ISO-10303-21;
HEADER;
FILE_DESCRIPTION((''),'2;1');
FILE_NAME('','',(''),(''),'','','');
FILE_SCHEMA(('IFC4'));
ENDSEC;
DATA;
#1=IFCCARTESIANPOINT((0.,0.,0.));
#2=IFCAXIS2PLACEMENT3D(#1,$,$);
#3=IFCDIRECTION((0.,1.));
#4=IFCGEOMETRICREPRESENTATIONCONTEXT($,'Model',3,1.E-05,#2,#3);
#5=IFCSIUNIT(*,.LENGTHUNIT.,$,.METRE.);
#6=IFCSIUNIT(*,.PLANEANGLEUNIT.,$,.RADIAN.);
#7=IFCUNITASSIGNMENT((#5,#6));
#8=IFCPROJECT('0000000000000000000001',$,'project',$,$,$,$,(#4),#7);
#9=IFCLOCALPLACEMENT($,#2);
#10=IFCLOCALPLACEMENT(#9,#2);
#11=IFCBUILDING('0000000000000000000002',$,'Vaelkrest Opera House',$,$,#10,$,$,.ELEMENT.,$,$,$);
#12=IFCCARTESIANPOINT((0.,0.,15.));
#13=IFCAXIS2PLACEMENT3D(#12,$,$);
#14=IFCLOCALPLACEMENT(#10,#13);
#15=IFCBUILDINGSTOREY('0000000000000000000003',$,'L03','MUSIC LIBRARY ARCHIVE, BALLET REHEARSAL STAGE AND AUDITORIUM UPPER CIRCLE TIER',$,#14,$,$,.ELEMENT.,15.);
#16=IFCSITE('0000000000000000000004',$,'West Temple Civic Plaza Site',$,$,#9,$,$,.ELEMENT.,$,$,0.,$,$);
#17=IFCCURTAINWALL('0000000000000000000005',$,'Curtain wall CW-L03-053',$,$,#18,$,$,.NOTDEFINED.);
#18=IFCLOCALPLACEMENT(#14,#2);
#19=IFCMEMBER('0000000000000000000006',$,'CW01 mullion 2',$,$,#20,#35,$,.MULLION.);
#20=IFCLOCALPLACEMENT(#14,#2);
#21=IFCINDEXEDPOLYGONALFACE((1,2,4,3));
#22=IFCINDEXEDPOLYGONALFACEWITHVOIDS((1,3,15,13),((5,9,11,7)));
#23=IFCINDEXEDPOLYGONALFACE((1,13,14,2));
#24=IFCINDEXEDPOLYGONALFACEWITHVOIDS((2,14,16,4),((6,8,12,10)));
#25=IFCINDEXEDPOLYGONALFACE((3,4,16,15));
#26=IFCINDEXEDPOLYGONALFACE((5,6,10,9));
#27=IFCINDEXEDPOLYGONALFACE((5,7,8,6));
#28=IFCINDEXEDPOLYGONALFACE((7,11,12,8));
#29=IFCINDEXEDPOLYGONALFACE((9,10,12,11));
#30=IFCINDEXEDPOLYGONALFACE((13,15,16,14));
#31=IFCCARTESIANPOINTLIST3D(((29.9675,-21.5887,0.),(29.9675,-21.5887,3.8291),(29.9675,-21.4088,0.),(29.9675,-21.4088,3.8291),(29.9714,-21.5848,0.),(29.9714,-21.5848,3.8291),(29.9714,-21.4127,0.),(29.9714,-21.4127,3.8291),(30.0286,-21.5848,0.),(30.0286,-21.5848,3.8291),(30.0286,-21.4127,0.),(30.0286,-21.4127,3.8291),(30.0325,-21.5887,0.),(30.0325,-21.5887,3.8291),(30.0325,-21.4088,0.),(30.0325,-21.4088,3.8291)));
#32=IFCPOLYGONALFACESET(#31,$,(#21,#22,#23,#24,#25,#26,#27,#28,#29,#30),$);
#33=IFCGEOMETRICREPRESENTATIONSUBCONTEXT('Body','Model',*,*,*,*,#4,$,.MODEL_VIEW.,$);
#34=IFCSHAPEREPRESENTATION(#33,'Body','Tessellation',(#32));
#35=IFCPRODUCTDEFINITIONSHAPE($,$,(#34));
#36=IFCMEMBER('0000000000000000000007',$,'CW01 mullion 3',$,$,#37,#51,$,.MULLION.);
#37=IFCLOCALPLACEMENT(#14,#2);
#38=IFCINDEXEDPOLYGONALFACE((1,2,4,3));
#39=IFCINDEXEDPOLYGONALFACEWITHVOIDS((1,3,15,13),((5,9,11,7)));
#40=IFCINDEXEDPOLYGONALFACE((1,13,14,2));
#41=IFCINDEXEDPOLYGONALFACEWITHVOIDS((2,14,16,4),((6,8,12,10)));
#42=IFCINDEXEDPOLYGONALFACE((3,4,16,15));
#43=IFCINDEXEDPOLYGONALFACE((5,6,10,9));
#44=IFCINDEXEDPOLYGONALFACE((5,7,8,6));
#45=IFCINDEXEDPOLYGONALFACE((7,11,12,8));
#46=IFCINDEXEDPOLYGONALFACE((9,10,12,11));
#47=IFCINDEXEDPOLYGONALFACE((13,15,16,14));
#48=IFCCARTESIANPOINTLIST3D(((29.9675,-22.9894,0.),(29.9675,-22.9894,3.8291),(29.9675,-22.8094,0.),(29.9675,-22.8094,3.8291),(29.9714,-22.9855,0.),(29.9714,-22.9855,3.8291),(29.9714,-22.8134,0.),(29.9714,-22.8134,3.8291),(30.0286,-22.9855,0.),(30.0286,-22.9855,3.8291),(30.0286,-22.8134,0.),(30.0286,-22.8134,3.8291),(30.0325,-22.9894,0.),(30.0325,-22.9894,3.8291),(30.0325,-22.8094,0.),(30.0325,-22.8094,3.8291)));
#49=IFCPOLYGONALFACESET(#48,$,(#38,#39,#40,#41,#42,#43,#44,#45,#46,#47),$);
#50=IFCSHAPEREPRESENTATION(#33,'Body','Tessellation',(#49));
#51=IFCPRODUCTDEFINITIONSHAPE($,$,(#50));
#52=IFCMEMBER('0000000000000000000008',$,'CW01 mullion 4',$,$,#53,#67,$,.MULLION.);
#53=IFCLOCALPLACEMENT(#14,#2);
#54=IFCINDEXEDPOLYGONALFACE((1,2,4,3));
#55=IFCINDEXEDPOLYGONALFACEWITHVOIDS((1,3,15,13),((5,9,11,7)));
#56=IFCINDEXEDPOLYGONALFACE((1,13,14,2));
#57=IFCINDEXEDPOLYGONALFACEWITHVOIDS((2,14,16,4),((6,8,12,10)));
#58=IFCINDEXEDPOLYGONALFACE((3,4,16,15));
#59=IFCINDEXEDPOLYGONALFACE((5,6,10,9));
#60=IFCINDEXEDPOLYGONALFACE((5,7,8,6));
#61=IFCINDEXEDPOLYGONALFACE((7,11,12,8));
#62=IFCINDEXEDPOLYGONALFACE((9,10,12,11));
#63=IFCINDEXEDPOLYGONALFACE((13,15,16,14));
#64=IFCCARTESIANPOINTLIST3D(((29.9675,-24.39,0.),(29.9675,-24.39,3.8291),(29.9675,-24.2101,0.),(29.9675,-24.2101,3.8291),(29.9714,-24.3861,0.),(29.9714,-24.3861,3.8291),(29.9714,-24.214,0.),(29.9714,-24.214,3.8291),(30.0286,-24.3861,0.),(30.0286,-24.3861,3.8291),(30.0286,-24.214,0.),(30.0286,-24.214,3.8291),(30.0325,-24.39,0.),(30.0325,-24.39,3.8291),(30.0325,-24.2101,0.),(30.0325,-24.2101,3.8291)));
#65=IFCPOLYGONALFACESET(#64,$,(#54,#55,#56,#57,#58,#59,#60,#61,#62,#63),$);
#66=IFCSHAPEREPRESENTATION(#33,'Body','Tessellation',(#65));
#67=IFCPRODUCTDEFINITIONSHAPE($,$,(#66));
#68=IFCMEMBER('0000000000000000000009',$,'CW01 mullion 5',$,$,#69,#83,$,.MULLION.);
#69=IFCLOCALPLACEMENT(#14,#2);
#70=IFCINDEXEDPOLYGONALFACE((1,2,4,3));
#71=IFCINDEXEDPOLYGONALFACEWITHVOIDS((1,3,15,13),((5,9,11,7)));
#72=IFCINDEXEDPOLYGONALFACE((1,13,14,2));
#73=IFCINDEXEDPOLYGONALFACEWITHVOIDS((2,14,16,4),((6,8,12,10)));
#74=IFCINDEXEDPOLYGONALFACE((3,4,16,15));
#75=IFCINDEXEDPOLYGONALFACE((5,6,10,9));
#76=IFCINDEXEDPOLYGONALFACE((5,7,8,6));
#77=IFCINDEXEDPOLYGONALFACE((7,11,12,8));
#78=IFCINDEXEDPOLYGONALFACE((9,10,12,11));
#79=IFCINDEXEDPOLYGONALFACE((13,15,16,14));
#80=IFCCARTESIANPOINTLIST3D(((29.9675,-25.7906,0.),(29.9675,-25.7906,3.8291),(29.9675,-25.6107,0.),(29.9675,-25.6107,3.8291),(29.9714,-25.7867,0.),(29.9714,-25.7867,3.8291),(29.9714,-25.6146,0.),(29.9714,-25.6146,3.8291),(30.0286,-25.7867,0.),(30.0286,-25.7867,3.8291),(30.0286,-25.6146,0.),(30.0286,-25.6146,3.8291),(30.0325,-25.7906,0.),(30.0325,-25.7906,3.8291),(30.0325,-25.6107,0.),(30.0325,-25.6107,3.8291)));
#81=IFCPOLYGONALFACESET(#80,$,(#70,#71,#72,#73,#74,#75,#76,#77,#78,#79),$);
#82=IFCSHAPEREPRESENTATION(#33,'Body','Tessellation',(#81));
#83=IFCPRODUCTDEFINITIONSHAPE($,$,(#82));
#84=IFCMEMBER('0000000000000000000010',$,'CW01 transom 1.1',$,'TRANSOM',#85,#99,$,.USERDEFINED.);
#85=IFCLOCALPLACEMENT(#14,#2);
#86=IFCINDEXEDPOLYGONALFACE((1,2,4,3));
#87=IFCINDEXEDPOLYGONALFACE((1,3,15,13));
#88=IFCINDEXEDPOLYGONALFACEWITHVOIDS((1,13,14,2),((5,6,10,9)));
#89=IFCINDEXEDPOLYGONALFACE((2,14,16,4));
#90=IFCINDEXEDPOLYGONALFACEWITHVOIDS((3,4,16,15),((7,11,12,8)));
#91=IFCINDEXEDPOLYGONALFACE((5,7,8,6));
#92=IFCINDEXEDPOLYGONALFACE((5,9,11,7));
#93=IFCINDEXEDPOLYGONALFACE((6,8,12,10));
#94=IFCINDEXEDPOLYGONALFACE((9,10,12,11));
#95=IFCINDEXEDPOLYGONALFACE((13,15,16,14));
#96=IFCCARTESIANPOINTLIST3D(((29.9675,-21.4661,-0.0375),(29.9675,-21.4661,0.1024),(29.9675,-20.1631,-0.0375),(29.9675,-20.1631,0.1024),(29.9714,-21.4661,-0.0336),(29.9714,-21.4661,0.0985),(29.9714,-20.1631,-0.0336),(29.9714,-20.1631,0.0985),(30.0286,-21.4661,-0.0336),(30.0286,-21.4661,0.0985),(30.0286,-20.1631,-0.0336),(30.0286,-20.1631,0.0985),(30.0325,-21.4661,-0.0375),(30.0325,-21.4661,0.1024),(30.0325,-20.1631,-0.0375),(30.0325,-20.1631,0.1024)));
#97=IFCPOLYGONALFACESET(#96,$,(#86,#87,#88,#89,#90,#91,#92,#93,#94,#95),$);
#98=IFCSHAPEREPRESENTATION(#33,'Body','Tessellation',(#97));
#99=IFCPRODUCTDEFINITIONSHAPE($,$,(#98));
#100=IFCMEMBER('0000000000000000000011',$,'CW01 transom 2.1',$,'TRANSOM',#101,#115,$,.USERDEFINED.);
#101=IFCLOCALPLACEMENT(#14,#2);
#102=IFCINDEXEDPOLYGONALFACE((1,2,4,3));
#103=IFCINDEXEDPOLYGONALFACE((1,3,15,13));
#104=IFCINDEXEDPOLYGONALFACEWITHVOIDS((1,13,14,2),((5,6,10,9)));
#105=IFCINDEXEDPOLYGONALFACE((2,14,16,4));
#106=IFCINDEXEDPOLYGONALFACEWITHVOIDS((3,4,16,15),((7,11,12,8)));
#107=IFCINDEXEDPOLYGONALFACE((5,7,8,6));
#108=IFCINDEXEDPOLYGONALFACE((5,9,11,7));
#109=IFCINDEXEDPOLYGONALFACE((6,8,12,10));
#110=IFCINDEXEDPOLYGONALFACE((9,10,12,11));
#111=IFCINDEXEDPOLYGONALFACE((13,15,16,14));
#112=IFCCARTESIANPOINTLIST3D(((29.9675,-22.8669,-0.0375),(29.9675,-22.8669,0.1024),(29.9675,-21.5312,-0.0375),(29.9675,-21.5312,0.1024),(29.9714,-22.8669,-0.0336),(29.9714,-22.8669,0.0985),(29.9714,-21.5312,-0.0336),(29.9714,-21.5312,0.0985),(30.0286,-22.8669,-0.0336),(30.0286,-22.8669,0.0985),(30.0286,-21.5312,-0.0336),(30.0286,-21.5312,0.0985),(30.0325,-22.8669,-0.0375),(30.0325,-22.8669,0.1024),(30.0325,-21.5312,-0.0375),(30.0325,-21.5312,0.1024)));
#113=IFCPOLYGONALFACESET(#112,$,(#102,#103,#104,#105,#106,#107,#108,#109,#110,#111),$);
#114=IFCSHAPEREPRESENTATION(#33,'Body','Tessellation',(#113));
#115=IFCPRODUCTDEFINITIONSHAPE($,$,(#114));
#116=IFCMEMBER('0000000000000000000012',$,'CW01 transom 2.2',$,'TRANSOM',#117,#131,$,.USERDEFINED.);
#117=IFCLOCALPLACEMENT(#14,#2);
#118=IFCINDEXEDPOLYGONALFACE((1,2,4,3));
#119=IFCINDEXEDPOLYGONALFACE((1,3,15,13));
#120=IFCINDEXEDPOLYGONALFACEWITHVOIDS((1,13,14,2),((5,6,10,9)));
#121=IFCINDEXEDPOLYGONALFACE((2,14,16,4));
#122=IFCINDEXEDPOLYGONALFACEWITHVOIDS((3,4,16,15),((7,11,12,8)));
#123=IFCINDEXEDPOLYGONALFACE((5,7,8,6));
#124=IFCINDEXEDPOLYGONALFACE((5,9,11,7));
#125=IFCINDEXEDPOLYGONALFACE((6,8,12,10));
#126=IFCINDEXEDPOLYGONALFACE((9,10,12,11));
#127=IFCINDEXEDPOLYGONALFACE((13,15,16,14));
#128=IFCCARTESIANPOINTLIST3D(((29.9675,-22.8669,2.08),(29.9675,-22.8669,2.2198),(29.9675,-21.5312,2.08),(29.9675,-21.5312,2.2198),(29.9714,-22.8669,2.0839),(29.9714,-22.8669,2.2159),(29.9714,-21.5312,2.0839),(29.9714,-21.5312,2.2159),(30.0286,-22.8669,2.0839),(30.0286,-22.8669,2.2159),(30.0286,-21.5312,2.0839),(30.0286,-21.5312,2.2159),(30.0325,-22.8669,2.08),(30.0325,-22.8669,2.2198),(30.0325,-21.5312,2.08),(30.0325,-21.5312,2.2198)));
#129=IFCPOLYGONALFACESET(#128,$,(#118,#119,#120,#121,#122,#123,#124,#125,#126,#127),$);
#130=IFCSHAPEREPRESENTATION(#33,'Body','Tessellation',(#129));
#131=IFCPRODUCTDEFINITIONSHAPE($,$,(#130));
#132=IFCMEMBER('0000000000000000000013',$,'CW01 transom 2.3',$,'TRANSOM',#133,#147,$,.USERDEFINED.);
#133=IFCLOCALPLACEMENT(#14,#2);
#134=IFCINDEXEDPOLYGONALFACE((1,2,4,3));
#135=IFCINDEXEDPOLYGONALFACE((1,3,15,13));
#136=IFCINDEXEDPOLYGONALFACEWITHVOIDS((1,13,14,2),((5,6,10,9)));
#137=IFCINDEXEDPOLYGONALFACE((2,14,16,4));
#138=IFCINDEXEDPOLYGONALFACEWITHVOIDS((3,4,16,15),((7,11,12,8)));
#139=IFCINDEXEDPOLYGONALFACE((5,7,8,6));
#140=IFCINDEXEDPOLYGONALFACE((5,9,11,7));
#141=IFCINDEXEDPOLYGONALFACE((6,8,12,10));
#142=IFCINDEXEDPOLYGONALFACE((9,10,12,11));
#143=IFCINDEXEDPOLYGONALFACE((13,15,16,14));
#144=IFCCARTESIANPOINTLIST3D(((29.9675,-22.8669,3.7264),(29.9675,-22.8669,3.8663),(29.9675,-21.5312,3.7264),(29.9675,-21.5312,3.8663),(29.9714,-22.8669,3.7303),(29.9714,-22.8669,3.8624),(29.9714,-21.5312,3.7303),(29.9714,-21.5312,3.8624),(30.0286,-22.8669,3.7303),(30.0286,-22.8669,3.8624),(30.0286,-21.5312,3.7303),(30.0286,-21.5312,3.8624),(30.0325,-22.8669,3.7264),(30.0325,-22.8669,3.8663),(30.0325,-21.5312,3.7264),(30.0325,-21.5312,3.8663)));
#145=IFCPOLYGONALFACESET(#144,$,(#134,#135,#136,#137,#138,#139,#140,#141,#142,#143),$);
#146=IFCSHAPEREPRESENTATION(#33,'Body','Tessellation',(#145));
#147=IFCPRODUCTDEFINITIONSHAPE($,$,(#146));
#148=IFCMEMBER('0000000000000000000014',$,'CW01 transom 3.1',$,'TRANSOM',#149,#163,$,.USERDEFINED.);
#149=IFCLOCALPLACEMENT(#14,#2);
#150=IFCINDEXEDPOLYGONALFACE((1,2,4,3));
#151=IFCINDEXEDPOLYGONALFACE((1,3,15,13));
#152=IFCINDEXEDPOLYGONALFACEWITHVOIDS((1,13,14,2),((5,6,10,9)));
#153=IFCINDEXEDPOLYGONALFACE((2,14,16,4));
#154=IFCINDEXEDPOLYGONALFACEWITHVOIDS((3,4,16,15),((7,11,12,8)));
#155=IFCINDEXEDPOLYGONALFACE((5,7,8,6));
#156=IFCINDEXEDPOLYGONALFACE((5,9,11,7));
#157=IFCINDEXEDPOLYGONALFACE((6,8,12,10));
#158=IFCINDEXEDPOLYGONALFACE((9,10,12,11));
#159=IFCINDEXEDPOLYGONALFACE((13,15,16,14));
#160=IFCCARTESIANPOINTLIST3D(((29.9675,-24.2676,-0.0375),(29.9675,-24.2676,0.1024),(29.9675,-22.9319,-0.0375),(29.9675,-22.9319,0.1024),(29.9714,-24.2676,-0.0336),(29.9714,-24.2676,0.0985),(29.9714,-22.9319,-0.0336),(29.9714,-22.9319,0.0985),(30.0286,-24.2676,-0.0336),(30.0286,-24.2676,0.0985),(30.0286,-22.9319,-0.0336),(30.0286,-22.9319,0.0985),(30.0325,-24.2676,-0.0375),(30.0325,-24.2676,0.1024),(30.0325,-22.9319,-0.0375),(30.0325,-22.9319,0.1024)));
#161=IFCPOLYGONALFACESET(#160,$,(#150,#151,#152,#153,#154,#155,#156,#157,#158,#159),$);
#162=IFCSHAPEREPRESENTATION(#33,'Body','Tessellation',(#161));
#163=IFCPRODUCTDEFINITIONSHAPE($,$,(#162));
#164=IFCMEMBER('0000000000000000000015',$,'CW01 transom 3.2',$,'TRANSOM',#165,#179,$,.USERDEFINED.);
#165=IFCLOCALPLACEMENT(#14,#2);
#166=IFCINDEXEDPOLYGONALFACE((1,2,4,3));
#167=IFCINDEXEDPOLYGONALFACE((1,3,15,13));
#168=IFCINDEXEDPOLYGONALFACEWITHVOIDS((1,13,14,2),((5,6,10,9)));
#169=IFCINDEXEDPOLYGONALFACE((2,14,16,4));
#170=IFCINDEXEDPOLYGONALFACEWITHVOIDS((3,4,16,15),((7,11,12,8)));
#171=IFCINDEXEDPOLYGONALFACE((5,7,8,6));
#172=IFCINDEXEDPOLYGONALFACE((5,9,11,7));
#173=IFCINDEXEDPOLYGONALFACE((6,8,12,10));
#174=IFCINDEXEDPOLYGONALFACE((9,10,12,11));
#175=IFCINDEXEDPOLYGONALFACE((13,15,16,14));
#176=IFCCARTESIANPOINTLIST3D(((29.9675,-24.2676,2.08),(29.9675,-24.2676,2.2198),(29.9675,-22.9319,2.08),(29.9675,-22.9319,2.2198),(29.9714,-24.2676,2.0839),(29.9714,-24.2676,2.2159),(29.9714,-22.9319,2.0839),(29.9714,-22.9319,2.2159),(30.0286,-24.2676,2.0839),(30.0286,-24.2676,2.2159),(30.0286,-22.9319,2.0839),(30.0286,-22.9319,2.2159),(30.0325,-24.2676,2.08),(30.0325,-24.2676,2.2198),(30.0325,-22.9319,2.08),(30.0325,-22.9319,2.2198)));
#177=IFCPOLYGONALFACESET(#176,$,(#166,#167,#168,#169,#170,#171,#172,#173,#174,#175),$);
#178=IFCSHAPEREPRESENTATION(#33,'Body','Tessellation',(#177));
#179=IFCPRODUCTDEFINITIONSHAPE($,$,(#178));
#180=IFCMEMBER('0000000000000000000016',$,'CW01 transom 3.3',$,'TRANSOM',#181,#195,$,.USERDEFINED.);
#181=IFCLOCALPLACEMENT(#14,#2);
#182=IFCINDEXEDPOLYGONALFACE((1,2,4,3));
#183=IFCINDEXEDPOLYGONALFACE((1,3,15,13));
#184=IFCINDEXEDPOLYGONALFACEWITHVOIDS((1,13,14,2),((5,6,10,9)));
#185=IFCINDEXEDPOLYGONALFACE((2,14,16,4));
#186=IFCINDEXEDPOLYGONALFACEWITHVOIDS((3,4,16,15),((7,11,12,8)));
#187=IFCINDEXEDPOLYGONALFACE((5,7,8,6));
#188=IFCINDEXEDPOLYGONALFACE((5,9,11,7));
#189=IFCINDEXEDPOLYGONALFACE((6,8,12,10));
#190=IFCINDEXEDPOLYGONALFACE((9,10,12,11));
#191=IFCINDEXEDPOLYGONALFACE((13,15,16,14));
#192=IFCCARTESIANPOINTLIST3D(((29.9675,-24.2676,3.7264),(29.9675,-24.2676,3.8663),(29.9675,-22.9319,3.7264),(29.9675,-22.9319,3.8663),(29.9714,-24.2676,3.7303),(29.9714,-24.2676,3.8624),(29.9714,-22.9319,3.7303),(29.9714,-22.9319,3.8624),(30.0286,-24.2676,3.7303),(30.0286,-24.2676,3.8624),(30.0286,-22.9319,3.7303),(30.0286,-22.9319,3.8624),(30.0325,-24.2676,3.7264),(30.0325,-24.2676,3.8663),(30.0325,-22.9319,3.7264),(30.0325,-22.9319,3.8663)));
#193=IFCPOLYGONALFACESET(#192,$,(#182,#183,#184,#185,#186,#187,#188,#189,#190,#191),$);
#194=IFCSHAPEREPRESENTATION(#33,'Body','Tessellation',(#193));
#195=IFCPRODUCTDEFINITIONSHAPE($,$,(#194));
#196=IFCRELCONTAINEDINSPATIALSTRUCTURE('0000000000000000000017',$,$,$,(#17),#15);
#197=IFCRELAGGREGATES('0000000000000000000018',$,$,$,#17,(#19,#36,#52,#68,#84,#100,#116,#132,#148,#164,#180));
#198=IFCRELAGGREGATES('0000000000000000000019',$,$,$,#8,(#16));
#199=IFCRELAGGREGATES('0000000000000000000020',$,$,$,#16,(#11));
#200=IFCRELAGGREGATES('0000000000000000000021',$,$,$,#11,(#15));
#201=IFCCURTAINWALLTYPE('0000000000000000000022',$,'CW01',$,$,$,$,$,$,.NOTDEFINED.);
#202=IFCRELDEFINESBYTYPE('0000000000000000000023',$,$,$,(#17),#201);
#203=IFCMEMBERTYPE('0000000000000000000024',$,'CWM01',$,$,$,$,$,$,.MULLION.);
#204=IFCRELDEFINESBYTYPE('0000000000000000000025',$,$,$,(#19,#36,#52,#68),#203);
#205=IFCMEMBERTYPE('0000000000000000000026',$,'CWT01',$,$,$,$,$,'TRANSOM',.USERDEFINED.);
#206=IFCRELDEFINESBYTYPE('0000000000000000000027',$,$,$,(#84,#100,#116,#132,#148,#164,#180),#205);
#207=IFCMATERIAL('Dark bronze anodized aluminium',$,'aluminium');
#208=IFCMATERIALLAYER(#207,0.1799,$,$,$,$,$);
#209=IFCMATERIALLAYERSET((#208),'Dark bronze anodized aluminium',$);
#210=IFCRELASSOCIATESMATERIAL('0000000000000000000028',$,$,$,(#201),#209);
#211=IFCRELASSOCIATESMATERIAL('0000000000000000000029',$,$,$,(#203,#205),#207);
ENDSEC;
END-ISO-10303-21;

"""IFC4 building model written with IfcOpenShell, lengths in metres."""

from ifc_helpers import new_model, si_unit, direction, frame, origin, origin_2d, place, context, subcontext, project, spatial, hollow_rectangle, extrude, material, layer, layer_set, material_profile, profile_set, type_object, element, aggregate, save


model = new_model("IFC4")

# Units and contexts
model_context = context("Model", 3, precision=1e-05, world=origin(), true_north=direction((0.0, 1.0)))
body_context = subcontext(model_context, "Body", "Model", "MODEL_VIEW")
ifc_project = project(units=[si_unit("LENGTHUNIT", "METRE"), si_unit("PLANEANGLEUNIT", "RADIAN")], contexts=[model_context])

# Site, building, storey
site_placement = place(None, origin())
site = spatial("IfcSite", under=ifc_project, at=site_placement, Name="West Temple Civic Plaza Site", CompositionType="ELEMENT", RefElevation=0.0)
building_placement = place(site_placement, origin())
building = spatial("IfcBuilding", under=site, at=building_placement, Name="Vaelkrest Opera House", CompositionType="ELEMENT")
storey_placement = place(building_placement, frame((0.0, 0.0, 15.0)))
storey = spatial("IfcBuildingStorey", under=building, at=storey_placement, Name="L03", Description="MUSIC LIBRARY ARCHIVE, BALLET REHEARSAL STAGE AND AUDITORIUM UPPER CIRCLE TIER", CompositionType="ELEMENT", Elevation=15.0)

# Curtain wall, members
ifc_material_1 = material(Name="Dark bronze anodized aluminium", Category="aluminium")
ifc_layer_1 = layer(ifc_material_1, 0.1799)
ifc_layer_set_1 = layer_set([ifc_layer_1], Name="Dark bronze anodized aluminium")
curtain_wall_type = type_object("IfcCurtainWallType", Name="CW01", PredefinedType="NOTDEFINED", material=ifc_layer_set_1)
curtain_wall_placement = place(storey_placement, origin())
curtain_wall = element("IfcCurtainWall", 1, at=curtain_wall_placement, inside=storey, type_object=curtain_wall_type, Name="Curtain wall CW-L03-053", PredefinedType="NOTDEFINED")
ifc_material_profile_1 = material_profile(ifc_material_1, hollow_rectangle(XDim=0.0649, YDim=0.1799, WallThickness=0.0039, at=origin_2d()), Name="CWM65X180")
ifc_profile_set_1 = profile_set([ifc_material_profile_1], Name="Dark bronze anodized aluminium")
member_type_1 = type_object("IfcMemberType", Name="CWM01", PredefinedType="MULLION", material=ifc_profile_set_1)
member_1_placement = place(storey_placement, frame((30.0, -21.4988, 0.0), z_axis=(0.0, 0.0, 1.0), x_axis=(1.0, 0.0, 0.0)))
member_1 = element("IfcMember", 2, at=member_1_placement, type_object=member_type_1, Name="CW01 mullion 2", PredefinedType="MULLION", context=body_context, shape_type="SweptSolid", body=[
    extrude(hollow_rectangle(XDim=0.0649, YDim=0.1799, WallThickness=0.0039, at=origin_2d()), origin(), (0.0, 0.0, 1.0), 3.8291),
])
member_2_placement = place(storey_placement, frame((30.0, -22.8994, 0.0), z_axis=(0.0, 0.0, 1.0), x_axis=(1.0, 0.0, 0.0)))
member_2 = element("IfcMember", 3, at=member_2_placement, type_object=member_type_1, Name="CW01 mullion 3", PredefinedType="MULLION", context=body_context, shape_type="SweptSolid", body=[
    extrude(hollow_rectangle(XDim=0.0649, YDim=0.1799, WallThickness=0.0039, at=origin_2d()), origin(), (0.0, 0.0, 1.0), 3.8291),
])
member_3_placement = place(storey_placement, frame((30.0, -24.3, 0.0), z_axis=(0.0, 0.0, 1.0), x_axis=(1.0, 0.0, 0.0)))
member_3 = element("IfcMember", 4, at=member_3_placement, type_object=member_type_1, Name="CW01 mullion 4", PredefinedType="MULLION", context=body_context, shape_type="SweptSolid", body=[
    extrude(hollow_rectangle(XDim=0.0649, YDim=0.1799, WallThickness=0.0039, at=origin_2d()), origin(), (0.0, 0.0, 1.0), 3.8291),
])
member_4_placement = place(storey_placement, frame((30.0, -25.7007, 0.0), z_axis=(0.0, 0.0, 1.0), x_axis=(1.0, 0.0, 0.0)))
member_4 = element("IfcMember", 5, at=member_4_placement, type_object=member_type_1, Name="CW01 mullion 5", PredefinedType="MULLION", context=body_context, shape_type="SweptSolid", body=[
    extrude(hollow_rectangle(XDim=0.0649, YDim=0.1799, WallThickness=0.0039, at=origin_2d()), origin(), (0.0, 0.0, 1.0), 3.8291),
])
ifc_material_profile_2 = material_profile(ifc_material_1, hollow_rectangle(XDim=0.0649, YDim=0.1399, WallThickness=0.0039, at=origin_2d()), Name="CWT65X140")
ifc_profile_set_2 = profile_set([ifc_material_profile_2], Name="Dark bronze anodized aluminium")
member_type_2 = type_object("IfcMemberType", Name="CWT01", ElementType="TRANSOM", PredefinedType="USERDEFINED", material=ifc_profile_set_2)
member_5_placement = place(storey_placement, frame((30.0, -20.1631, 0.0325), z_axis=(0.0, -1.0, 0.0), x_axis=(1.0, 0.0, 0.0)))
member_5 = element("IfcMember", 6, at=member_5_placement, type_object=member_type_2, Name="CW01 transom 1.1", ObjectType="TRANSOM", PredefinedType="USERDEFINED", context=body_context, shape_type="SweptSolid", body=[
    extrude(hollow_rectangle(XDim=0.0649, YDim=0.1399, WallThickness=0.0039, at=origin_2d()), origin(), (0.0, 0.0, 1.0), 1.303),
])
member_6_placement = place(storey_placement, frame((30.0, -21.5312, 0.0325), z_axis=(0.0, -1.0, 0.0), x_axis=(1.0, 0.0, 0.0)))
member_6 = element("IfcMember", 7, at=member_6_placement, type_object=member_type_2, Name="CW01 transom 2.1", ObjectType="TRANSOM", PredefinedType="USERDEFINED", context=body_context, shape_type="SweptSolid", body=[
    extrude(hollow_rectangle(XDim=0.0649, YDim=0.1399, WallThickness=0.0039, at=origin_2d()), origin(), (0.0, 0.0, 1.0), 1.3357),
])
member_7_placement = place(storey_placement, frame((30.0, -21.5312, 2.1499), z_axis=(0.0, -1.0, 0.0), x_axis=(1.0, 0.0, 0.0)))
member_7 = element("IfcMember", 8, at=member_7_placement, type_object=member_type_2, Name="CW01 transom 2.2", ObjectType="TRANSOM", PredefinedType="USERDEFINED", context=body_context, shape_type="SweptSolid", body=[
    extrude(hollow_rectangle(XDim=0.0649, YDim=0.1399, WallThickness=0.0039, at=origin_2d()), origin(), (0.0, 0.0, 1.0), 1.3357),
])
member_8_placement = place(storey_placement, frame((30.0, -21.5312, 3.7964), z_axis=(0.0, -1.0, 0.0), x_axis=(1.0, 0.0, 0.0)))
member_8 = element("IfcMember", 9, at=member_8_placement, type_object=member_type_2, Name="CW01 transom 2.3", ObjectType="TRANSOM", PredefinedType="USERDEFINED", context=body_context, shape_type="SweptSolid", body=[
    extrude(hollow_rectangle(XDim=0.0649, YDim=0.1399, WallThickness=0.0039, at=origin_2d()), origin(), (0.0, 0.0, 1.0), 1.3357),
])
member_9_placement = place(storey_placement, frame((30.0, -22.9319, 0.0325), z_axis=(0.0, -1.0, 0.0), x_axis=(1.0, 0.0, 0.0)))
member_9 = element("IfcMember", 10, at=member_9_placement, type_object=member_type_2, Name="CW01 transom 3.1", ObjectType="TRANSOM", PredefinedType="USERDEFINED", context=body_context, shape_type="SweptSolid", body=[
    extrude(hollow_rectangle(XDim=0.0649, YDim=0.1399, WallThickness=0.0039, at=origin_2d()), origin(), (0.0, 0.0, 1.0), 1.3357),
])
member_10_placement = place(storey_placement, frame((30.0, -22.9319, 2.1499), z_axis=(0.0, -1.0, 0.0), x_axis=(1.0, 0.0, 0.0)))
member_10 = element("IfcMember", 11, at=member_10_placement, type_object=member_type_2, Name="CW01 transom 3.2", ObjectType="TRANSOM", PredefinedType="USERDEFINED", context=body_context, shape_type="SweptSolid", body=[
    extrude(hollow_rectangle(XDim=0.0649, YDim=0.1399, WallThickness=0.0039, at=origin_2d()), origin(), (0.0, 0.0, 1.0), 1.3357),
])
member_11_placement = place(storey_placement, frame((30.0, -22.9319, 3.7964), z_axis=(0.0, -1.0, 0.0), x_axis=(1.0, 0.0, 0.0)))
member_11 = element("IfcMember", 12, at=member_11_placement, type_object=member_type_2, Name="CW01 transom 3.3", ObjectType="TRANSOM", PredefinedType="USERDEFINED", context=body_context, shape_type="SweptSolid", body=[
    extrude(hollow_rectangle(XDim=0.0649, YDim=0.1399, WallThickness=0.0039, at=origin_2d()), origin(), (0.0, 0.0, 1.0), 1.3357),
])
aggregate(curtain_wall, [member_1, member_2, member_3, member_4, member_5, member_6, member_7, member_8, member_9, member_10, member_11])

save(model, "model.ifc")
